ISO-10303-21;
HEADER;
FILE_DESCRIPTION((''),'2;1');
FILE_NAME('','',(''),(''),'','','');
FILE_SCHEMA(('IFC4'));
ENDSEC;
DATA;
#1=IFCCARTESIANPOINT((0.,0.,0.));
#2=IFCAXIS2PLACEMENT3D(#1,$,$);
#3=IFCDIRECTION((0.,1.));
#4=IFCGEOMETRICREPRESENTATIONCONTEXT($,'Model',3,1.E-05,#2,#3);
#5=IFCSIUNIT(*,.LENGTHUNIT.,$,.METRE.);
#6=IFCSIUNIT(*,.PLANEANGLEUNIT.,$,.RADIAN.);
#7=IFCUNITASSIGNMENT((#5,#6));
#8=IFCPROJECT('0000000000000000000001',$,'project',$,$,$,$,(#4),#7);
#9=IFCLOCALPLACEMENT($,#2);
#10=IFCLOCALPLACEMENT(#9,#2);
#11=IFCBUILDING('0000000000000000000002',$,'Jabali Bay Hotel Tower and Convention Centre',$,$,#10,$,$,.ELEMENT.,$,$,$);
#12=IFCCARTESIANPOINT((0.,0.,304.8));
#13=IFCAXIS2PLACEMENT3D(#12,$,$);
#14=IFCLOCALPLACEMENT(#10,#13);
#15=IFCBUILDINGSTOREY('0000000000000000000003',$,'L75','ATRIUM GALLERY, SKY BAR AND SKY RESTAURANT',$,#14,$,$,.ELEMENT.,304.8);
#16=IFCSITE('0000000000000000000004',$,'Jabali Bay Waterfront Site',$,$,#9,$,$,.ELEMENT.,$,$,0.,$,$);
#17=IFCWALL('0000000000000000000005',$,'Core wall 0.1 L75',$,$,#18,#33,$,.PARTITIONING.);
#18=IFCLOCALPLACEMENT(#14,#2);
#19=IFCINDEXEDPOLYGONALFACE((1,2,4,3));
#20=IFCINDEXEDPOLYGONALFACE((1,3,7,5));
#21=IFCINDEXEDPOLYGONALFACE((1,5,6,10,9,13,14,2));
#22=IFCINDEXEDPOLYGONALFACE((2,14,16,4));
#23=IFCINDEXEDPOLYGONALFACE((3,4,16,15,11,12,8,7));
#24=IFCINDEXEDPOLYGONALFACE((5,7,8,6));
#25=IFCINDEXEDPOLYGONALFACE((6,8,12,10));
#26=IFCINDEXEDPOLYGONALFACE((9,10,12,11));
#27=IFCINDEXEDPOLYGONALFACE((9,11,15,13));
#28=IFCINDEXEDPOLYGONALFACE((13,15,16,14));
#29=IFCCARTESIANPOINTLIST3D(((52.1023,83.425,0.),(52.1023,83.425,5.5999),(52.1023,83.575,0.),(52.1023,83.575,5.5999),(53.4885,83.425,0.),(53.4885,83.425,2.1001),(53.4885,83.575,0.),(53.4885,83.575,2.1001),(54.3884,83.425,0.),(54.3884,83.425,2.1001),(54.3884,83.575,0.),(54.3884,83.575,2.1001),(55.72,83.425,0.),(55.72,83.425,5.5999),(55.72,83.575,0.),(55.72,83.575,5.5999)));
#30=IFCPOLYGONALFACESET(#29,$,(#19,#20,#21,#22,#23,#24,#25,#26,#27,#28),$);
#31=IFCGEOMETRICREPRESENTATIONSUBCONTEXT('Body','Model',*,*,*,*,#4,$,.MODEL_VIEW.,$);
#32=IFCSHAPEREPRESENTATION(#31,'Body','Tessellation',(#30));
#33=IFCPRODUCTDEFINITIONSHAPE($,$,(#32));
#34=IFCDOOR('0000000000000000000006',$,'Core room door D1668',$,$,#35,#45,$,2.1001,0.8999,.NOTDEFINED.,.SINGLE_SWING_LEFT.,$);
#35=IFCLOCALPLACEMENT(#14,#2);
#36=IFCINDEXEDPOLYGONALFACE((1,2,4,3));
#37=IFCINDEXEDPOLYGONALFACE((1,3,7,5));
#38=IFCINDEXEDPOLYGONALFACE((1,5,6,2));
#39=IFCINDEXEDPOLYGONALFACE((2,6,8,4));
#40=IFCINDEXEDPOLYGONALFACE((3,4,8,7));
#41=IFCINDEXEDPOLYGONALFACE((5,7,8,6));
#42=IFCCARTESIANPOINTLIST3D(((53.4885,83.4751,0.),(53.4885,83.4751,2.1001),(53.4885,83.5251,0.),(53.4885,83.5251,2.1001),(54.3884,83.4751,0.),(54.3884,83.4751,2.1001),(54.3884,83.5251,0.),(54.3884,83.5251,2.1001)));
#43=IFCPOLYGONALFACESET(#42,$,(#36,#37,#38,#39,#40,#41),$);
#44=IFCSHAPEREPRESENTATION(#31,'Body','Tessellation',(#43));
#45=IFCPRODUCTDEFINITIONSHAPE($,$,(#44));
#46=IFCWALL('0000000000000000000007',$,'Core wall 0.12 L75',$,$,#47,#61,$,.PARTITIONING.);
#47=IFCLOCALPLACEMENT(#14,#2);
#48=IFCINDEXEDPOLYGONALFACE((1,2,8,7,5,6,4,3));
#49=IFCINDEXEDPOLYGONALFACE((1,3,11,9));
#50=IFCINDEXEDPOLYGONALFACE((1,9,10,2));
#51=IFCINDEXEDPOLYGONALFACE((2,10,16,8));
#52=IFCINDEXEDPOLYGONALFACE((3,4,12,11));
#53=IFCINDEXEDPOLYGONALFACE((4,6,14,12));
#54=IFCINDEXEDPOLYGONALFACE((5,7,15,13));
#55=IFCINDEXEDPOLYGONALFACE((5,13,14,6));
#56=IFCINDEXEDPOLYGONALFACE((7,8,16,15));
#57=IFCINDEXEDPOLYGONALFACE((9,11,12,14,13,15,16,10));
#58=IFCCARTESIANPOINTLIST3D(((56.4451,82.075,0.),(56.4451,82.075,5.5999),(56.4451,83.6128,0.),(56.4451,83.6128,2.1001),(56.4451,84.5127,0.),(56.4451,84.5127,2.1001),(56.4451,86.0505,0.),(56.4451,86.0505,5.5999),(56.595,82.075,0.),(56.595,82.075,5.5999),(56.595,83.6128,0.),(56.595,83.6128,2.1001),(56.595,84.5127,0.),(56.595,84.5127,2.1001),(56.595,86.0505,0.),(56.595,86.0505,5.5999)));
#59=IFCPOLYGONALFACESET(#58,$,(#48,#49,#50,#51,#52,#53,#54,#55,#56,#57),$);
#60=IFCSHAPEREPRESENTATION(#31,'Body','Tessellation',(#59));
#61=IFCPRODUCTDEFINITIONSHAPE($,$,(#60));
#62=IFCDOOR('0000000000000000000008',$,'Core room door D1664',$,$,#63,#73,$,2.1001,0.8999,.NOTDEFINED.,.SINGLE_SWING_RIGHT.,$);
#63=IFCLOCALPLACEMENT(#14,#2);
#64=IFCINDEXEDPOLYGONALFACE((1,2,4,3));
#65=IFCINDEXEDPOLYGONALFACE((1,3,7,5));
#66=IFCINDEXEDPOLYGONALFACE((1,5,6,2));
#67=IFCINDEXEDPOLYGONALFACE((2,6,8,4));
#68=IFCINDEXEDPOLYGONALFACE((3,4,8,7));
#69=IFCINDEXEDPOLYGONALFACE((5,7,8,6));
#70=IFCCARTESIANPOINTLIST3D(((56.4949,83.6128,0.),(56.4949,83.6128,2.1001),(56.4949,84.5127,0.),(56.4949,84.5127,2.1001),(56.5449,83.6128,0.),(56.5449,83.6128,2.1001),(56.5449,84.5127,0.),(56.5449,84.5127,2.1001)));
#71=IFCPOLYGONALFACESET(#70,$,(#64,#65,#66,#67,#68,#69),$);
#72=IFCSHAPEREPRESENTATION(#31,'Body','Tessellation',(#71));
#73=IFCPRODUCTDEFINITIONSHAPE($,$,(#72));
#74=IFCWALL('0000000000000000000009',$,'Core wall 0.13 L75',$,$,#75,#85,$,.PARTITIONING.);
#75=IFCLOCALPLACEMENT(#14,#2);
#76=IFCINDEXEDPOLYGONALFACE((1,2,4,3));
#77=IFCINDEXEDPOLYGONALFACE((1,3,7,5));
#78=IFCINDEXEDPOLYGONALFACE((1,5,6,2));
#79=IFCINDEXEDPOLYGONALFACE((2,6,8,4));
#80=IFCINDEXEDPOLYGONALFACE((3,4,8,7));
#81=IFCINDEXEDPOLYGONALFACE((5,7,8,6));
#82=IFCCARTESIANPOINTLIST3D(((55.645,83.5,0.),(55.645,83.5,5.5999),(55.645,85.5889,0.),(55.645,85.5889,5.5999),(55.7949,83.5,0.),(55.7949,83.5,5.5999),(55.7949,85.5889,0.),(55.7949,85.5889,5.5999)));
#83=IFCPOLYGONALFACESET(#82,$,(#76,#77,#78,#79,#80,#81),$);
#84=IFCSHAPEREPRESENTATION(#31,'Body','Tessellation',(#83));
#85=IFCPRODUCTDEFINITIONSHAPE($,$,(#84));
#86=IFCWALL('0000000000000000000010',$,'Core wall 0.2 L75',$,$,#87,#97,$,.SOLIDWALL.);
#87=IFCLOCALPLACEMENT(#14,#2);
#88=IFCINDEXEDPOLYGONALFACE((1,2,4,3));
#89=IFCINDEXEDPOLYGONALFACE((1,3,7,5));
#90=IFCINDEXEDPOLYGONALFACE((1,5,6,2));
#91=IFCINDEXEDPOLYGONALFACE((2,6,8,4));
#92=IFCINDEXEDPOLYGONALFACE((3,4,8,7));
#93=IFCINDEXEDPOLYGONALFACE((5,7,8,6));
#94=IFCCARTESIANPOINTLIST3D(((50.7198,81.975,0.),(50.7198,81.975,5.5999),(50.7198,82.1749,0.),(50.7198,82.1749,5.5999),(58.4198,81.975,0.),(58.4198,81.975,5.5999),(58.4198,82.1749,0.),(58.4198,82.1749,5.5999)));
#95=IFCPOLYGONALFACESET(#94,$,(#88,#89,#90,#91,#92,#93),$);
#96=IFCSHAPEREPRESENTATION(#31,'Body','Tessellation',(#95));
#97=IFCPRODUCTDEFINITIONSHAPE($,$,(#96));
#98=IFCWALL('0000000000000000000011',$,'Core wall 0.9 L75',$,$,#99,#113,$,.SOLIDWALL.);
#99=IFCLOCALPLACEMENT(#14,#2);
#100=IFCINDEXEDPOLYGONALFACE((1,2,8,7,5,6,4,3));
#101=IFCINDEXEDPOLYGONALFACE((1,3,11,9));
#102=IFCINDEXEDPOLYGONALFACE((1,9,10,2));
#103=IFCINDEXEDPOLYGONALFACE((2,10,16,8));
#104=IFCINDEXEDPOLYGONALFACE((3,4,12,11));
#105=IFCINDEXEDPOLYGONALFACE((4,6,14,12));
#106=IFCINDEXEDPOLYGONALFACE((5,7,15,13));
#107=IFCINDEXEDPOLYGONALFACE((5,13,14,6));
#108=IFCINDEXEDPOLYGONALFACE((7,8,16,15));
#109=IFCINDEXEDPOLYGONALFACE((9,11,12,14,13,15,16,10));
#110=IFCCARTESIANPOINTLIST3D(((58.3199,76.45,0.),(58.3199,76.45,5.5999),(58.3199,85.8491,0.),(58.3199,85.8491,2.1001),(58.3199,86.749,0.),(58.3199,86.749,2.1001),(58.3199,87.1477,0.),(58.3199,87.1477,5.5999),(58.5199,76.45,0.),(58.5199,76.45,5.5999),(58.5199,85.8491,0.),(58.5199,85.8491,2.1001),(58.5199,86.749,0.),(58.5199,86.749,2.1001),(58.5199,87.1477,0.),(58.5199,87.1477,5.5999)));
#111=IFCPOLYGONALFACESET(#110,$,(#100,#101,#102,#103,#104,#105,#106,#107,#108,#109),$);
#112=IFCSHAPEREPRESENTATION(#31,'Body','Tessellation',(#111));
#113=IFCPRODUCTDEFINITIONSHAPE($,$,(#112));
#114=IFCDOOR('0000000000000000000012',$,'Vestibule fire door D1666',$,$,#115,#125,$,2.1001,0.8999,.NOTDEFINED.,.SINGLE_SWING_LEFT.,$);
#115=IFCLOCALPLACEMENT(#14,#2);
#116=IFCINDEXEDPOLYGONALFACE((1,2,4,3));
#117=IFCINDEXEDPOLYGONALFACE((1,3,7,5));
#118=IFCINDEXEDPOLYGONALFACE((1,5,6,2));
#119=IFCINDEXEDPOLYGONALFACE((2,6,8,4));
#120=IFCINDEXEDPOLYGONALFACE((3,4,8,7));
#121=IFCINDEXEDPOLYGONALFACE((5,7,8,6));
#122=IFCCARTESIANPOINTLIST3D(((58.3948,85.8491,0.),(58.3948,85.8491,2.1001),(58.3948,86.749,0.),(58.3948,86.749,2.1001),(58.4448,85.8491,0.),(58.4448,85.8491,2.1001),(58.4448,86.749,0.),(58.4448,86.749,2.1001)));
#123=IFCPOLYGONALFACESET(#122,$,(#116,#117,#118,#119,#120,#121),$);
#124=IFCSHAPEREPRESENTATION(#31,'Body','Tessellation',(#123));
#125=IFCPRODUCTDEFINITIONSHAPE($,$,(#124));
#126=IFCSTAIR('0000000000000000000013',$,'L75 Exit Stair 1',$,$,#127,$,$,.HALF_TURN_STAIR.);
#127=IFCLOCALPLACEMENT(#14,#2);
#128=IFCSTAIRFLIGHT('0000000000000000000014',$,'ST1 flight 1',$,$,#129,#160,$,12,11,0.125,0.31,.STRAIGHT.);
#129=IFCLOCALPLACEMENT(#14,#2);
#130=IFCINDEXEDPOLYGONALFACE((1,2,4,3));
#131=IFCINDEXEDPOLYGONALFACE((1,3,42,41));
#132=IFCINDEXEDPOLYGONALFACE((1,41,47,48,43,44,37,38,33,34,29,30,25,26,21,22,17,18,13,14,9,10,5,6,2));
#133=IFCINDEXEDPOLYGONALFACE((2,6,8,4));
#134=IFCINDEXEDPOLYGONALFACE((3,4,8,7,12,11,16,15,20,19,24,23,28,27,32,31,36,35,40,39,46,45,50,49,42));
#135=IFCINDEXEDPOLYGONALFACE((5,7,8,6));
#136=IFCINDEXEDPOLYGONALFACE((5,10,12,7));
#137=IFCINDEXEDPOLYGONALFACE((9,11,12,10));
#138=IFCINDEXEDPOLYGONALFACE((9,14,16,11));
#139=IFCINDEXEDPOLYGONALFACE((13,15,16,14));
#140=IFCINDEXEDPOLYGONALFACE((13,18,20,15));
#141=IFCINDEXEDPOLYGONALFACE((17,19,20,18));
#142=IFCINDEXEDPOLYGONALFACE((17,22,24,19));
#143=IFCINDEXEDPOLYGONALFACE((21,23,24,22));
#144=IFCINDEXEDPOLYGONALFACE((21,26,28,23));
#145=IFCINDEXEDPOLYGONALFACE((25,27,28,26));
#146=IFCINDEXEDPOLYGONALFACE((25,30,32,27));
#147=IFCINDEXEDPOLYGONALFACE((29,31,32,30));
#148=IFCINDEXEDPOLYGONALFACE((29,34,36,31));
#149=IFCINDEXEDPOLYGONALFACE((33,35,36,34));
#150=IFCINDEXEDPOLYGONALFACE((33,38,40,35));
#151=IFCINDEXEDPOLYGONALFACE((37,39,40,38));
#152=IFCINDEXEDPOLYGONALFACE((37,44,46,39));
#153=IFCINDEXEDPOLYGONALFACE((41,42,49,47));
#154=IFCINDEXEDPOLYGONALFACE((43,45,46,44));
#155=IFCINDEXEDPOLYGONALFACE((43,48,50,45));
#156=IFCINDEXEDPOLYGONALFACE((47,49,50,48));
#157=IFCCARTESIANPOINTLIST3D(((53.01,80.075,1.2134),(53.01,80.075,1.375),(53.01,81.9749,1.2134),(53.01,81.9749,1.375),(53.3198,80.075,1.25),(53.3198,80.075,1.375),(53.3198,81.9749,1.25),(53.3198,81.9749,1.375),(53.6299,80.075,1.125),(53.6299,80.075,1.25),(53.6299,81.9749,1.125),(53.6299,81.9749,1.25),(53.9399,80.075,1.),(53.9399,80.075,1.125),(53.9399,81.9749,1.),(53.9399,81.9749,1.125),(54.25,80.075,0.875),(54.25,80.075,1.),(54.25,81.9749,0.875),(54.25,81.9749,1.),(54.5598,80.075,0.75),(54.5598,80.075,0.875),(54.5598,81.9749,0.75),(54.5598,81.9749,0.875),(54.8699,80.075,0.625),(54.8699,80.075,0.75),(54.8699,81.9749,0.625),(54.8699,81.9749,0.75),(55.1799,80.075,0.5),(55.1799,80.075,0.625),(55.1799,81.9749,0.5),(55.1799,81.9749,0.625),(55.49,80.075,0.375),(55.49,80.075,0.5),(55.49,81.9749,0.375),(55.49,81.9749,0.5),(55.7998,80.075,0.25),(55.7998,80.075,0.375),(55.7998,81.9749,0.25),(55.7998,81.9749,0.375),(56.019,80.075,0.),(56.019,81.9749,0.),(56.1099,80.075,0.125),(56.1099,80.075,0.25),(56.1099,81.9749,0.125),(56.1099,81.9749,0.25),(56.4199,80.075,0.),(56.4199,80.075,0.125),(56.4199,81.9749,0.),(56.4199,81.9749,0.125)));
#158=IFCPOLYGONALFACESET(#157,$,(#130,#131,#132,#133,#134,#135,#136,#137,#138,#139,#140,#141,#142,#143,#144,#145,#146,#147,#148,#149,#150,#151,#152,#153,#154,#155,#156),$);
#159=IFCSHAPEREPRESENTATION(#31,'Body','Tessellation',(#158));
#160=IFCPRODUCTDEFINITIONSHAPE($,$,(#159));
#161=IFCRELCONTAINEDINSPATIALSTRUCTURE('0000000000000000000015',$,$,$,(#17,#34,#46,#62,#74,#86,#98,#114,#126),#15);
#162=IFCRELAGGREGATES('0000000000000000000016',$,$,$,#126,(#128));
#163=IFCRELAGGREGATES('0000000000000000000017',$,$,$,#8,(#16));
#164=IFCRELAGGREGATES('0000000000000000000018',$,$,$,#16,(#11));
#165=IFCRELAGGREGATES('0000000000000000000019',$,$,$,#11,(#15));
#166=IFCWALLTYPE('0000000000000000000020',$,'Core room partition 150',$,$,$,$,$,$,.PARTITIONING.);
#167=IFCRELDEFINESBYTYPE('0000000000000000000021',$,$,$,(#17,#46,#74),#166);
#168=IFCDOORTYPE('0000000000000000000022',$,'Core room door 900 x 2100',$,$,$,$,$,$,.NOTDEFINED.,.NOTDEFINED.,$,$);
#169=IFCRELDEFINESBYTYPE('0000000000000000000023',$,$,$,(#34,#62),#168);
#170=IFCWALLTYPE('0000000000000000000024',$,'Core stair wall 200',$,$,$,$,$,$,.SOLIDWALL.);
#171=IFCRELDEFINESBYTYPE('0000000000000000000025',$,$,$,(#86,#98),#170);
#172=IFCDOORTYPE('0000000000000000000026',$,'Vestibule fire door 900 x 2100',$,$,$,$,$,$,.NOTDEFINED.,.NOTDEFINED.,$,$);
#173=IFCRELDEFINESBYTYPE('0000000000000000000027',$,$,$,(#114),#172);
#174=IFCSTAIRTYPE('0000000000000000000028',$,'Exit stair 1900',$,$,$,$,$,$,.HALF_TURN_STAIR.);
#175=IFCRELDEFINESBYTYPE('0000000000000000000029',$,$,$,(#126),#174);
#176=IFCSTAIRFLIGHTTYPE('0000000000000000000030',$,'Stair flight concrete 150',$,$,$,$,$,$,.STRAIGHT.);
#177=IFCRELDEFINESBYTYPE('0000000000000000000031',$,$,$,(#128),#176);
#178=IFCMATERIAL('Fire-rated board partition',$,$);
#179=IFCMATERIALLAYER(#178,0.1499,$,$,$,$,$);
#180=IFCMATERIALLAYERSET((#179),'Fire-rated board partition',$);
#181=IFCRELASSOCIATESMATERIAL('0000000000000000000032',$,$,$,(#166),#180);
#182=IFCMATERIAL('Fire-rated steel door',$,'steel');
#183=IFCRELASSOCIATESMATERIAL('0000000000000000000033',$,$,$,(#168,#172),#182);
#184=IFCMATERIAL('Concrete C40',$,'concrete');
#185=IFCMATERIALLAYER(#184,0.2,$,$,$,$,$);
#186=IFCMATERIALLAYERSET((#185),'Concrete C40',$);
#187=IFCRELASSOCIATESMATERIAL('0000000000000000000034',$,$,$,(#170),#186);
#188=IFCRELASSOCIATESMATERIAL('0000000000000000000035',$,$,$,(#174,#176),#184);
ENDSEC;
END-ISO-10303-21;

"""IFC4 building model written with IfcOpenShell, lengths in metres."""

from ifc_helpers import new_model, si_unit, direction, frame, frame_2d, origin, place, context, subcontext, project, spatial, polyline, rectangle, outline, extrude, material, layer, layer_set, type_object, element, fill, aggregate, save


model = new_model("IFC4")

# Units and contexts
model_context = context("Model", 3, precision=1e-05, world=origin(), true_north=direction((0.0, 1.0)))
body_context = subcontext(model_context, "Body", "Model", "MODEL_VIEW")
ifc_project = project(units=[si_unit("LENGTHUNIT", "METRE"), si_unit("PLANEANGLEUNIT", "RADIAN")], contexts=[model_context])

# Site, building, storey
site_placement = place(None, origin())
site = spatial("IfcSite", under=ifc_project, at=site_placement, Name="Jabali Bay Waterfront Site", CompositionType="ELEMENT", RefElevation=0.0)
building_placement = place(site_placement, origin())
building = spatial("IfcBuilding", under=site, at=building_placement, Name="Jabali Bay Hotel Tower and Convention Centre", CompositionType="ELEMENT")
storey_placement = place(building_placement, frame((0.0, 0.0, 304.8)))
storey = spatial("IfcBuildingStorey", under=building, at=storey_placement, Name="L75", Description="ATRIUM GALLERY, SKY BAR AND SKY RESTAURANT", CompositionType="ELEMENT", Elevation=304.8)

# Walls, openings, doors
ifc_material_1 = material(Name="Fire-rated board partition")
ifc_layer_1 = layer(ifc_material_1, 0.1499)
ifc_layer_set_1 = layer_set([ifc_layer_1], Name="Fire-rated board partition")
wall_type_1 = type_object("IfcWallType", Name="Core room partition 150", PredefinedType="PARTITIONING", material=ifc_layer_set_1)
wall_1_placement = place(storey_placement, frame((55.72, 83.5, 0.0), z_axis=(0.0, 0.0, 1.0), x_axis=(-1.0, 0.0, 0.0)))
wall_1 = element("IfcWall", 1, at=wall_1_placement, inside=storey, type_object=wall_type_1, Name="Core wall 0.1 L75", PredefinedType="PARTITIONING", context=body_context, shape_type="SweptSolid", body=[
    extrude(rectangle(XDim=3.6177, YDim=0.1499, at=frame_2d((1.8088, 0.0))), origin(), (0.0, 0.0, 1.0), 5.5999),
])
opening_1_placement = place(wall_1_placement, frame((1.3315, 0.0, 0.0)))
opening_1 = element("IfcOpeningElement", 2, at=opening_1_placement, cuts=wall_1, PredefinedType="OPENING", context=body_context, shape_type="SweptSolid", body=[
    extrude(rectangle(XDim=0.8999, YDim=2.1001, at=frame_2d((0.45, 1.05))), frame((0.0, 0.0854, 0.0), z_axis=(0.0, -1.0, 0.0), x_axis=(1.0, 0.0, 0.0)), (0.0, 0.0, 1.0), 0.1709),
])
ifc_material_2 = material(Name="Fire-rated steel door", Category="steel")
door_type_1 = type_object("IfcDoorType", Name="Core room door 900 x 2100", OperationType="NOTDEFINED", PredefinedType="NOTDEFINED", material=ifc_material_2)
door_1_placement = place(opening_1_placement, origin())
door_1 = element("IfcDoor", 3, at=door_1_placement, inside=storey, type_object=door_type_1, Name="Core room door D1668", OperationType="SINGLE_SWING_LEFT", OverallHeight=2.1001, OverallWidth=0.8999, PredefinedType="NOTDEFINED", context=body_context, shape_type="SweptSolid", body=[
    extrude(rectangle(XDim=0.8999, YDim=2.1001, at=frame_2d((0.45, 1.05))), frame((0.0, 0.0249, 0.0), z_axis=(0.0, -1.0, 0.0), x_axis=(1.0, 0.0, 0.0)), (0.0, 0.0, 1.0), 0.05),
])
fill(opening_1, door_1)
wall_2_placement = place(storey_placement, frame((56.52, 86.0505, 0.0), z_axis=(0.0, 0.0, 1.0), x_axis=(0.0, -1.0, 0.0)))
wall_2 = element("IfcWall", 4, at=wall_2_placement, inside=storey, type_object=wall_type_1, Name="Core wall 0.12 L75", PredefinedType="PARTITIONING", context=body_context, shape_type="SweptSolid", body=[
    extrude(rectangle(XDim=3.9756, YDim=0.1499, at=frame_2d((1.9878, 0.0))), origin(), (0.0, 0.0, 1.0), 5.5999),
])
opening_2_placement = place(wall_2_placement, frame((1.5378, 0.0, 0.0)))
opening_2 = element("IfcOpeningElement", 5, at=opening_2_placement, cuts=wall_2, PredefinedType="OPENING", context=body_context, shape_type="SweptSolid", body=[
    extrude(rectangle(XDim=0.8999, YDim=2.1001, at=frame_2d((0.45, 1.05))), frame((0.0, 0.0854, 0.0), z_axis=(0.0, -1.0, 0.0), x_axis=(1.0, 0.0, 0.0)), (0.0, 0.0, 1.0), 0.1709),
])
door_2_placement = place(opening_2_placement, origin())
door_2 = element("IfcDoor", 6, at=door_2_placement, inside=storey, type_object=door_type_1, Name="Core room door D1664", OperationType="SINGLE_SWING_RIGHT", OverallHeight=2.1001, OverallWidth=0.8999, PredefinedType="NOTDEFINED", context=body_context, shape_type="SweptSolid", body=[
    extrude(rectangle(XDim=0.8999, YDim=2.1001, at=frame_2d((0.45, 1.05))), frame((0.0, 0.0249, 0.0), z_axis=(0.0, -1.0, 0.0), x_axis=(1.0, 0.0, 0.0)), (0.0, 0.0, 1.0), 0.05),
])
fill(opening_2, door_2)

# Walls
wall_3_placement = place(storey_placement, frame((55.72, 85.5889, 0.0), z_axis=(0.0, 0.0, 1.0), x_axis=(0.0, -1.0, 0.0)))
element("IfcWall", 7, at=wall_3_placement, inside=storey, type_object=wall_type_1, Name="Core wall 0.13 L75", PredefinedType="PARTITIONING", context=body_context, shape_type="SweptSolid", body=[
    extrude(rectangle(XDim=2.0889, YDim=0.1499, at=frame_2d((1.0444, 0.0))), origin(), (0.0, 0.0, 1.0), 5.5999),
])
ifc_material_3 = material(Name="Concrete C40", Category="concrete")
ifc_layer_2 = layer(ifc_material_3, 0.2)
ifc_layer_set_2 = layer_set([ifc_layer_2], Name="Concrete C40")
wall_type_2 = type_object("IfcWallType", Name="Core stair wall 200", PredefinedType="SOLIDWALL", material=ifc_layer_set_2)
wall_4_placement = place(storey_placement, frame((58.4199, 82.075, 0.0), z_axis=(0.0, 0.0, 1.0), x_axis=(-1.0, 0.0, 0.0)))
element("IfcWall", 8, at=wall_4_placement, inside=storey, type_object=wall_type_2, Name="Core wall 0.2 L75", PredefinedType="SOLIDWALL", context=body_context, shape_type="SweptSolid", body=[
    extrude(rectangle(XDim=7.7, YDim=0.2, at=frame_2d((3.8501, 0.0))), origin(), (0.0, 0.0, 1.0), 5.5999),
])

# Wall, opening, door
wall_5_placement = place(storey_placement, frame((58.4199, 87.1477, 0.0), z_axis=(0.0, 0.0, 1.0), x_axis=(0.0, -1.0, 0.0)))
wall_5 = element("IfcWall", 9, at=wall_5_placement, inside=storey, type_object=wall_type_2, Name="Core wall 0.9 L75", PredefinedType="SOLIDWALL", context=body_context, shape_type="SweptSolid", body=[
    extrude(rectangle(XDim=10.6978, YDim=0.2, at=frame_2d((5.3489, 0.0))), origin(), (0.0, 0.0, 1.0), 5.5999),
])
opening_3_placement = place(wall_5_placement, frame((0.3987, 0.0, 0.0)))
opening_3 = element("IfcOpeningElement", 10, at=opening_3_placement, cuts=wall_5, PredefinedType="OPENING", context=body_context, shape_type="SweptSolid", body=[
    extrude(rectangle(XDim=0.8999, YDim=2.1001, at=frame_2d((0.45, 1.05))), frame((0.0, 0.1104, 0.0), z_axis=(0.0, -1.0, 0.0), x_axis=(1.0, 0.0, 0.0)), (0.0, 0.0, 1.0), 0.2209),
])
door_type_2 = type_object("IfcDoorType", Name="Vestibule fire door 900 x 2100", OperationType="NOTDEFINED", PredefinedType="NOTDEFINED", material=ifc_material_2)
door_3_placement = place(opening_3_placement, origin())
door_3 = element("IfcDoor", 11, at=door_3_placement, inside=storey, type_object=door_type_2, Name="Vestibule fire door D1666", OperationType="SINGLE_SWING_LEFT", OverallHeight=2.1001, OverallWidth=0.8999, PredefinedType="NOTDEFINED", context=body_context, shape_type="SweptSolid", body=[
    extrude(rectangle(XDim=0.8999, YDim=2.1001, at=frame_2d((0.45, 1.05))), frame((0.0, 0.0249, 0.0), z_axis=(0.0, -1.0, 0.0), x_axis=(1.0, 0.0, 0.0)), (0.0, 0.0, 1.0), 0.05),
])
fill(opening_3, door_3)

# Stair, stair flight
stair_type = type_object("IfcStairType", Name="Exit stair 1900", PredefinedType="HALF_TURN_STAIR", material=ifc_material_3)
stair_placement = place(storey_placement, origin())
stair = element("IfcStair", 12, at=stair_placement, inside=storey, type_object=stair_type, Name="L75 Exit Stair 1", PredefinedType="HALF_TURN_STAIR")
stair_flight_type = type_object("IfcStairFlightType", Name="Stair flight concrete 150", PredefinedType="STRAIGHT", material=ifc_material_3)
stair_flight_1_placement = place(storey_placement, frame((56.4199, 81.0249, 0.0), z_axis=(0.0, 0.0, 1.0), x_axis=(-1.0, 0.0, 0.0)))
stair_flight_1 = element("IfcStairFlight", 13, at=stair_flight_1_placement, type_object=stair_flight_type, Name="ST1 flight 1", NumberOfRisers=12, NumberOfTreads=11, PredefinedType="STRAIGHT", RiserHeight=0.125, TreadLength=0.31, context=body_context, shape_type="SweptSolid", body=[
    extrude(outline(polyline([(0.0, 0.0), (0.0, 0.125), (0.3101, 0.125), (0.3101, 0.25), (0.6201, 0.25), (0.6201, 0.375), (0.9299, 0.375), (0.9299, 0.5), (1.24, 0.5), (1.24, 0.625), (1.55, 0.625), (1.55, 0.75), (1.8601, 0.75), (1.8601, 0.875), (2.1699, 0.875), (2.1699, 1.0), (2.48, 1.0), (2.48, 1.125), (2.79, 1.125), (2.79, 1.25), (3.1001, 1.25), (3.1001, 1.375), (3.4099, 1.375), (3.4099, 1.5), (3.4099, 1.2134), (0.4009, 0.0), (0.0, 0.0)])), frame((0.0, 0.95, 0.0), z_axis=(0.0, -1.0, 0.0), x_axis=(1.0, 0.0, 0.0)), (0.0, 0.0, 1.0), 1.8999),
])
aggregate(stair, [stair_flight_1])

save(model, "model.ifc")
